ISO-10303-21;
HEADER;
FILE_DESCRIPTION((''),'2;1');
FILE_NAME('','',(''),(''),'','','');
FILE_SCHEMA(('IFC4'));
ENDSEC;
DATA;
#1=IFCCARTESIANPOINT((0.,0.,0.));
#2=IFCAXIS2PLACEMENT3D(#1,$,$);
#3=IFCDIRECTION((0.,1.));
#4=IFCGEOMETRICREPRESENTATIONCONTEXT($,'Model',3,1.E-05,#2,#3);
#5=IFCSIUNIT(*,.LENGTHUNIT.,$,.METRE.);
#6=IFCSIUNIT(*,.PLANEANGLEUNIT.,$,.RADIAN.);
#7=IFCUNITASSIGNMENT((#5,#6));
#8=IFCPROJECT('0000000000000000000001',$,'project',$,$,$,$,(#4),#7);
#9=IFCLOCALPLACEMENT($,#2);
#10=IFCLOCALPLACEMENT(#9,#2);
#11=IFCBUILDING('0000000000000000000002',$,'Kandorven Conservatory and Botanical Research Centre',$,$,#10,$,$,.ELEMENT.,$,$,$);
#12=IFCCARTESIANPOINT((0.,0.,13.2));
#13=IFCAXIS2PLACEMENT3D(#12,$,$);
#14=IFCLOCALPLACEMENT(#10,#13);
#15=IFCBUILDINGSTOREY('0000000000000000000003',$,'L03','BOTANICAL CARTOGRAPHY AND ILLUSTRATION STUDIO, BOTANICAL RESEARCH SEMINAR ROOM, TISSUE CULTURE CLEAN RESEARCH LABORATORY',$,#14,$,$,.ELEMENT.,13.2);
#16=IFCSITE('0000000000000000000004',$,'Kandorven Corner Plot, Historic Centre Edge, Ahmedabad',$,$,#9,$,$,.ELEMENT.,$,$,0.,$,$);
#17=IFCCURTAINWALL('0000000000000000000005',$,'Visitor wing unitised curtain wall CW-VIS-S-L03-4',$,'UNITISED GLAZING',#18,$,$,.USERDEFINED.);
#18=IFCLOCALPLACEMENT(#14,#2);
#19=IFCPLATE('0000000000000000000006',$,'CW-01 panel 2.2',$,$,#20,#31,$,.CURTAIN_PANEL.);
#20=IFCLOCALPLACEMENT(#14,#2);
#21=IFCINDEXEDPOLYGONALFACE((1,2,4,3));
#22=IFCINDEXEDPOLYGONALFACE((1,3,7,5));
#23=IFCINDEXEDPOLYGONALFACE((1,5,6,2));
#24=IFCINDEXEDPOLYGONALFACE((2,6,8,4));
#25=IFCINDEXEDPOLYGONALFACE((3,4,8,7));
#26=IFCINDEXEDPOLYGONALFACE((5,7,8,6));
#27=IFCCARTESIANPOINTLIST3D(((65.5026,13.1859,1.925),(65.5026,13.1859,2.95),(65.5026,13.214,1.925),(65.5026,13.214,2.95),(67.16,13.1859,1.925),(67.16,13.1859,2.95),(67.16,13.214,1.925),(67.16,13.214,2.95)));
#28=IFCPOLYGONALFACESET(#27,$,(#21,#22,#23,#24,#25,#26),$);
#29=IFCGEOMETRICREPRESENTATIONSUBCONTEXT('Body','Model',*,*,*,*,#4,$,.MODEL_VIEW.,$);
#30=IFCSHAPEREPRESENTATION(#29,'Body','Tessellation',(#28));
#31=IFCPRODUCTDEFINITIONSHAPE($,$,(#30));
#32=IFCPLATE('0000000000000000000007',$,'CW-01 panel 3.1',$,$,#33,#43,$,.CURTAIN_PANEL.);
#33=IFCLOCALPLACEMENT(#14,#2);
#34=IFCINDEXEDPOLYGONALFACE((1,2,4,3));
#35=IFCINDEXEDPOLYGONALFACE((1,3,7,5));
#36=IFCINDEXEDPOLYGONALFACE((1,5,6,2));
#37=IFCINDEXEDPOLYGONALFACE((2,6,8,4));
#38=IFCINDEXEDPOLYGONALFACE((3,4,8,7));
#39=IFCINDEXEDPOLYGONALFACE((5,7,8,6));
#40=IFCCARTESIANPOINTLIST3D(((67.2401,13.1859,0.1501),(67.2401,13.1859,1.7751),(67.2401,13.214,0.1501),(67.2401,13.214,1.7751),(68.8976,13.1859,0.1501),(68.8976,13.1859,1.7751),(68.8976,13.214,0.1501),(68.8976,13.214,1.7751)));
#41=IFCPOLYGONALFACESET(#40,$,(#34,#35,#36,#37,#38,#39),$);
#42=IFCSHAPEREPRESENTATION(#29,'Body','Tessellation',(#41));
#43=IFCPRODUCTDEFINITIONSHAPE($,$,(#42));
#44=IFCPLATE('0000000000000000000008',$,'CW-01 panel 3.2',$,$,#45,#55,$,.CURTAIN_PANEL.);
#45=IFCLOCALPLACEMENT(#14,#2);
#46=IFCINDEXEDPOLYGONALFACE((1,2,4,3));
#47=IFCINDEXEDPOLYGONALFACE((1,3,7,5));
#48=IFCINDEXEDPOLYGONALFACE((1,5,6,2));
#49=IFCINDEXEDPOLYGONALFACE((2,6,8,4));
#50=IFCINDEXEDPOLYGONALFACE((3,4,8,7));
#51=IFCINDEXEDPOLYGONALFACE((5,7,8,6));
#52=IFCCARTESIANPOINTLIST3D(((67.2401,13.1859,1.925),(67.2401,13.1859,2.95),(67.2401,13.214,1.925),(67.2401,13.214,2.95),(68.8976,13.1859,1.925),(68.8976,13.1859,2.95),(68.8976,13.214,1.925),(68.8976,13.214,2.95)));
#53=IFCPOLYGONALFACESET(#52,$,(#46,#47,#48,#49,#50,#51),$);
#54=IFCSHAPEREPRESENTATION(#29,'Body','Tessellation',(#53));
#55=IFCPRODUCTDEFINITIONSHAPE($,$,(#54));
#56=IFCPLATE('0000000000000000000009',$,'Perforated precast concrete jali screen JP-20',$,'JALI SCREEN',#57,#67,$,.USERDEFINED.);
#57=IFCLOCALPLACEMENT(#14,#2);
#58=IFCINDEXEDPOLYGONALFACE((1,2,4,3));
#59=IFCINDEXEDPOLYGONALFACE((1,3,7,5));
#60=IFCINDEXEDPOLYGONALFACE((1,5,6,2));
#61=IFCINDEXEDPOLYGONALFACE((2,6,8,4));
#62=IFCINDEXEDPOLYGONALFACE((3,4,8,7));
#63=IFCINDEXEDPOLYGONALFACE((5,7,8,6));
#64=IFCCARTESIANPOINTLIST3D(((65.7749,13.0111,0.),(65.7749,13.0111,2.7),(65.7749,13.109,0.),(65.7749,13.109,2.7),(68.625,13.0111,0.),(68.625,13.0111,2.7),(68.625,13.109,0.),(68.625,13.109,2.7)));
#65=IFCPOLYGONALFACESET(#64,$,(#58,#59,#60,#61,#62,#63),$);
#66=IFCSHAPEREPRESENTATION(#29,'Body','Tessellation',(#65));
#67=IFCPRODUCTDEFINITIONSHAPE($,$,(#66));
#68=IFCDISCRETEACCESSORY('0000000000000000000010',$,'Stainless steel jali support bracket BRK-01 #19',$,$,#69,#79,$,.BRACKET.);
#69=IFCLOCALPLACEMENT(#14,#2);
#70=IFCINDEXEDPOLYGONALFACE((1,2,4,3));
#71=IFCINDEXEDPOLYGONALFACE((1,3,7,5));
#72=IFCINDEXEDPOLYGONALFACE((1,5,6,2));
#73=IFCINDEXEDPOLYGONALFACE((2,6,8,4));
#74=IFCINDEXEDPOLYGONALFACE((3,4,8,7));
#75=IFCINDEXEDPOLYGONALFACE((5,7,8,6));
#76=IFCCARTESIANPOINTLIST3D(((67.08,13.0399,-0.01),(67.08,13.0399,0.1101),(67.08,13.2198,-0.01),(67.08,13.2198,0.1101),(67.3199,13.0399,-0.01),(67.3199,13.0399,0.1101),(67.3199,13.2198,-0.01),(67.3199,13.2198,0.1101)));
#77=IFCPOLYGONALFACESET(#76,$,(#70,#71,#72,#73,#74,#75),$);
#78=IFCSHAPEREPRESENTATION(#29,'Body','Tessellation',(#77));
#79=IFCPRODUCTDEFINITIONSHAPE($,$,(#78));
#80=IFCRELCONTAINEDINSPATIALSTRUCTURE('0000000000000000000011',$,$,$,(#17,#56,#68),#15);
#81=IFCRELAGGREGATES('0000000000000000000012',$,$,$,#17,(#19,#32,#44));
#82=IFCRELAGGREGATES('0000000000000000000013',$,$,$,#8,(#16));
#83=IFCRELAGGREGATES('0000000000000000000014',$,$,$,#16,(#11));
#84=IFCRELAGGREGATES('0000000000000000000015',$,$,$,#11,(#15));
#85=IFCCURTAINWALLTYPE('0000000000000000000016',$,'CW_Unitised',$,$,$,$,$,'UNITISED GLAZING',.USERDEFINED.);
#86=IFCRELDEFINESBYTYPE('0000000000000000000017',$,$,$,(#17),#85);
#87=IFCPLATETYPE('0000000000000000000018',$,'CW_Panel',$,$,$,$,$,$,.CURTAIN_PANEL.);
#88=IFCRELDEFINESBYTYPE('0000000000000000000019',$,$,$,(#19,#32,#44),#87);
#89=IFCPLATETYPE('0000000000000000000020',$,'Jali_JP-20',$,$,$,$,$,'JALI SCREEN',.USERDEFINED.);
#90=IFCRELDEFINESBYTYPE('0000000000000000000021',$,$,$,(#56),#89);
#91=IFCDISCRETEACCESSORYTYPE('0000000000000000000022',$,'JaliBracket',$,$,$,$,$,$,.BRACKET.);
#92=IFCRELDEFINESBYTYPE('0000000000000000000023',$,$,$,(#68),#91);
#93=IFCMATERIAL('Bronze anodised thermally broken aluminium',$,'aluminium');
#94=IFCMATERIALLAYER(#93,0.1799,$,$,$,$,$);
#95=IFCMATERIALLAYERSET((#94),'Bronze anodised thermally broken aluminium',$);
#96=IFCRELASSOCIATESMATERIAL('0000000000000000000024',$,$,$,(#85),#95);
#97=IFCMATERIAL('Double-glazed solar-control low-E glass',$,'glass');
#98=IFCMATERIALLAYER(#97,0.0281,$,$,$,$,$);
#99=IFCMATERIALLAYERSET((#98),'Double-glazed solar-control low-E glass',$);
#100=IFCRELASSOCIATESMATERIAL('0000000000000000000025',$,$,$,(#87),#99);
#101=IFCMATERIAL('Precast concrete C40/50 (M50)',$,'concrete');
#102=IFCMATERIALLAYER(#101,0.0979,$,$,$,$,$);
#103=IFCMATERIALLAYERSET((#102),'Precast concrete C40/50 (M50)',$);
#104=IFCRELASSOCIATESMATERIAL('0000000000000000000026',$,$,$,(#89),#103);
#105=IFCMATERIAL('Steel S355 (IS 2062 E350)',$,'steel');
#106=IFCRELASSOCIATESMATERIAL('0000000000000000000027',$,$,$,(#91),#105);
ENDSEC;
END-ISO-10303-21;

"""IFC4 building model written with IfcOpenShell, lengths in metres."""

from ifc_helpers import new_model, si_unit, direction, frame, origin, origin_2d, place, context, subcontext, project, spatial, rectangle, extrude, material, layer, layer_set, type_object, element, aggregate, save


model = new_model("IFC4")

# Units and contexts
model_context = context("Model", 3, precision=1e-05, world=origin(), true_north=direction((0.0, 1.0)))
body_context = subcontext(model_context, "Body", "Model", "MODEL_VIEW")
ifc_project = project(units=[si_unit("LENGTHUNIT", "METRE"), si_unit("PLANEANGLEUNIT", "RADIAN")], contexts=[model_context])

# Site, building, storey
site_placement = place(None, origin())
site = spatial("IfcSite", under=ifc_project, at=site_placement, Name="Kandorven Corner Plot, Historic Centre Edge, Ahmedabad", CompositionType="ELEMENT", RefElevation=0.0)
building_placement = place(site_placement, origin())
building = spatial("IfcBuilding", under=site, at=building_placement, Name="Kandorven Conservatory and Botanical Research Centre", CompositionType="ELEMENT")
storey_placement = place(building_placement, frame((0.0, 0.0, 13.2)))
storey = spatial("IfcBuildingStorey", under=building, at=storey_placement, Name="L03", Description="BOTANICAL CARTOGRAPHY AND ILLUSTRATION STUDIO, BOTANICAL RESEARCH SEMINAR ROOM, TISSUE CULTURE CLEAN RESEARCH LABORATORY", CompositionType="ELEMENT", Elevation=13.2)

# Shared definitions
ifc_material_1 = material(Name="Bronze anodised thermally broken aluminium", Category="aluminium")
ifc_layer_1 = layer(ifc_material_1, 0.1799)
ifc_layer_set_1 = layer_set([ifc_layer_1], Name="Bronze anodised thermally broken aluminium")
curtain_wall_type = type_object("IfcCurtainWallType", Name="CW_Unitised", ElementType="UNITISED GLAZING", PredefinedType="USERDEFINED", material=ifc_layer_set_1)

# Curtain wall
curtain_wall_1_placement = place(storey_placement, origin())
curtain_wall_1 = element("IfcCurtainWall", 1, at=curtain_wall_1_placement, inside=storey, type_object=curtain_wall_type, Name="Visitor wing unitised curtain wall CW-VIS-S-L03-4", ObjectType="UNITISED GLAZING", PredefinedType="USERDEFINED")

# Plates
ifc_material_2 = material(Name="Double-glazed solar-control low-E glass", Category="glass")
ifc_layer_2 = layer(ifc_material_2, 0.0281)
ifc_layer_set_2 = layer_set([ifc_layer_2], Name="Double-glazed solar-control low-E glass")
plate_type_1 = type_object("IfcPlateType", Name="CW_Panel", PredefinedType="CURTAIN_PANEL", material=ifc_layer_set_2)
plate_1_placement = place(storey_placement, frame((66.3313, 13.2, 1.925), z_axis=(0.0, 0.0, 1.0), x_axis=(1.0, 0.0, 0.0)))
plate_1 = element("IfcPlate", 2, at=plate_1_placement, type_object=plate_type_1, Name="CW-01 panel 2.2", PredefinedType="CURTAIN_PANEL", context=body_context, shape_type="SweptSolid", body=[
    extrude(rectangle(XDim=1.6575, YDim=0.0281, at=origin_2d()), origin(), (0.0, 0.0, 1.0), 1.0249),
])
plate_2_placement = place(storey_placement, frame((68.0688, 13.2, 0.1501), z_axis=(0.0, 0.0, 1.0), x_axis=(1.0, 0.0, 0.0)))
plate_2 = element("IfcPlate", 3, at=plate_2_placement, type_object=plate_type_1, Name="CW-01 panel 3.1", PredefinedType="CURTAIN_PANEL", context=body_context, shape_type="SweptSolid", body=[
    extrude(rectangle(XDim=1.6575, YDim=0.0281, at=origin_2d()), origin(), (0.0, 0.0, 1.0), 1.625),
])
plate_3_placement = place(storey_placement, frame((68.0688, 13.2, 1.925), z_axis=(0.0, 0.0, 1.0), x_axis=(1.0, 0.0, 0.0)))
plate_3 = element("IfcPlate", 4, at=plate_3_placement, type_object=plate_type_1, Name="CW-01 panel 3.2", PredefinedType="CURTAIN_PANEL", context=body_context, shape_type="SweptSolid", body=[
    extrude(rectangle(XDim=1.6575, YDim=0.0281, at=origin_2d()), origin(), (0.0, 0.0, 1.0), 1.0249),
])
aggregate(curtain_wall_1, [plate_1, plate_2, plate_3])
ifc_material_3 = material(Name="Precast concrete C40/50 (M50)", Category="concrete")
ifc_layer_3 = layer(ifc_material_3, 0.0979)
ifc_layer_set_3 = layer_set([ifc_layer_3], Name="Precast concrete C40/50 (M50)")
plate_type_2 = type_object("IfcPlateType", Name="Jali_JP-20", ElementType="JALI SCREEN", PredefinedType="USERDEFINED", material=ifc_layer_set_3)
plate_4_placement = place(storey_placement, frame((67.2, 13.0601, 0.0), z_axis=(0.0, 0.0, 1.0), x_axis=(1.0, 0.0, 0.0)))
element("IfcPlate", 5, at=plate_4_placement, inside=storey, type_object=plate_type_2, Name="Perforated precast concrete jali screen JP-20", ObjectType="JALI SCREEN", PredefinedType="USERDEFINED", context=body_context, shape_type="SweptSolid", body=[
    extrude(rectangle(XDim=2.8501, YDim=0.0979, at=origin_2d()), origin(), (0.0, 0.0, 1.0), 2.7),
])

# Discrete accessory
ifc_material_4 = material(Name="Steel S355 (IS 2062 E350)", Category="steel")
discrete_accessory_type = type_object("IfcDiscreteAccessoryType", Name="JaliBracket", PredefinedType="BRACKET", material=ifc_material_4)
discrete_accessory_placement = place(storey_placement, frame((67.2, 13.1299, -0.01), z_axis=(0.0, 0.0, 1.0), x_axis=(1.0, 0.0, 0.0)))
element("IfcDiscreteAccessory", 6, at=discrete_accessory_placement, inside=storey, type_object=discrete_accessory_type, Name="Stainless steel jali support bracket BRK-01 #19", PredefinedType="BRACKET", context=body_context, shape_type="SweptSolid", body=[
    extrude(rectangle(XDim=0.24, YDim=0.1799, at=origin_2d()), origin(), (0.0, 0.0, 1.0), 0.1201),
])

save(model, "model.ifc")
